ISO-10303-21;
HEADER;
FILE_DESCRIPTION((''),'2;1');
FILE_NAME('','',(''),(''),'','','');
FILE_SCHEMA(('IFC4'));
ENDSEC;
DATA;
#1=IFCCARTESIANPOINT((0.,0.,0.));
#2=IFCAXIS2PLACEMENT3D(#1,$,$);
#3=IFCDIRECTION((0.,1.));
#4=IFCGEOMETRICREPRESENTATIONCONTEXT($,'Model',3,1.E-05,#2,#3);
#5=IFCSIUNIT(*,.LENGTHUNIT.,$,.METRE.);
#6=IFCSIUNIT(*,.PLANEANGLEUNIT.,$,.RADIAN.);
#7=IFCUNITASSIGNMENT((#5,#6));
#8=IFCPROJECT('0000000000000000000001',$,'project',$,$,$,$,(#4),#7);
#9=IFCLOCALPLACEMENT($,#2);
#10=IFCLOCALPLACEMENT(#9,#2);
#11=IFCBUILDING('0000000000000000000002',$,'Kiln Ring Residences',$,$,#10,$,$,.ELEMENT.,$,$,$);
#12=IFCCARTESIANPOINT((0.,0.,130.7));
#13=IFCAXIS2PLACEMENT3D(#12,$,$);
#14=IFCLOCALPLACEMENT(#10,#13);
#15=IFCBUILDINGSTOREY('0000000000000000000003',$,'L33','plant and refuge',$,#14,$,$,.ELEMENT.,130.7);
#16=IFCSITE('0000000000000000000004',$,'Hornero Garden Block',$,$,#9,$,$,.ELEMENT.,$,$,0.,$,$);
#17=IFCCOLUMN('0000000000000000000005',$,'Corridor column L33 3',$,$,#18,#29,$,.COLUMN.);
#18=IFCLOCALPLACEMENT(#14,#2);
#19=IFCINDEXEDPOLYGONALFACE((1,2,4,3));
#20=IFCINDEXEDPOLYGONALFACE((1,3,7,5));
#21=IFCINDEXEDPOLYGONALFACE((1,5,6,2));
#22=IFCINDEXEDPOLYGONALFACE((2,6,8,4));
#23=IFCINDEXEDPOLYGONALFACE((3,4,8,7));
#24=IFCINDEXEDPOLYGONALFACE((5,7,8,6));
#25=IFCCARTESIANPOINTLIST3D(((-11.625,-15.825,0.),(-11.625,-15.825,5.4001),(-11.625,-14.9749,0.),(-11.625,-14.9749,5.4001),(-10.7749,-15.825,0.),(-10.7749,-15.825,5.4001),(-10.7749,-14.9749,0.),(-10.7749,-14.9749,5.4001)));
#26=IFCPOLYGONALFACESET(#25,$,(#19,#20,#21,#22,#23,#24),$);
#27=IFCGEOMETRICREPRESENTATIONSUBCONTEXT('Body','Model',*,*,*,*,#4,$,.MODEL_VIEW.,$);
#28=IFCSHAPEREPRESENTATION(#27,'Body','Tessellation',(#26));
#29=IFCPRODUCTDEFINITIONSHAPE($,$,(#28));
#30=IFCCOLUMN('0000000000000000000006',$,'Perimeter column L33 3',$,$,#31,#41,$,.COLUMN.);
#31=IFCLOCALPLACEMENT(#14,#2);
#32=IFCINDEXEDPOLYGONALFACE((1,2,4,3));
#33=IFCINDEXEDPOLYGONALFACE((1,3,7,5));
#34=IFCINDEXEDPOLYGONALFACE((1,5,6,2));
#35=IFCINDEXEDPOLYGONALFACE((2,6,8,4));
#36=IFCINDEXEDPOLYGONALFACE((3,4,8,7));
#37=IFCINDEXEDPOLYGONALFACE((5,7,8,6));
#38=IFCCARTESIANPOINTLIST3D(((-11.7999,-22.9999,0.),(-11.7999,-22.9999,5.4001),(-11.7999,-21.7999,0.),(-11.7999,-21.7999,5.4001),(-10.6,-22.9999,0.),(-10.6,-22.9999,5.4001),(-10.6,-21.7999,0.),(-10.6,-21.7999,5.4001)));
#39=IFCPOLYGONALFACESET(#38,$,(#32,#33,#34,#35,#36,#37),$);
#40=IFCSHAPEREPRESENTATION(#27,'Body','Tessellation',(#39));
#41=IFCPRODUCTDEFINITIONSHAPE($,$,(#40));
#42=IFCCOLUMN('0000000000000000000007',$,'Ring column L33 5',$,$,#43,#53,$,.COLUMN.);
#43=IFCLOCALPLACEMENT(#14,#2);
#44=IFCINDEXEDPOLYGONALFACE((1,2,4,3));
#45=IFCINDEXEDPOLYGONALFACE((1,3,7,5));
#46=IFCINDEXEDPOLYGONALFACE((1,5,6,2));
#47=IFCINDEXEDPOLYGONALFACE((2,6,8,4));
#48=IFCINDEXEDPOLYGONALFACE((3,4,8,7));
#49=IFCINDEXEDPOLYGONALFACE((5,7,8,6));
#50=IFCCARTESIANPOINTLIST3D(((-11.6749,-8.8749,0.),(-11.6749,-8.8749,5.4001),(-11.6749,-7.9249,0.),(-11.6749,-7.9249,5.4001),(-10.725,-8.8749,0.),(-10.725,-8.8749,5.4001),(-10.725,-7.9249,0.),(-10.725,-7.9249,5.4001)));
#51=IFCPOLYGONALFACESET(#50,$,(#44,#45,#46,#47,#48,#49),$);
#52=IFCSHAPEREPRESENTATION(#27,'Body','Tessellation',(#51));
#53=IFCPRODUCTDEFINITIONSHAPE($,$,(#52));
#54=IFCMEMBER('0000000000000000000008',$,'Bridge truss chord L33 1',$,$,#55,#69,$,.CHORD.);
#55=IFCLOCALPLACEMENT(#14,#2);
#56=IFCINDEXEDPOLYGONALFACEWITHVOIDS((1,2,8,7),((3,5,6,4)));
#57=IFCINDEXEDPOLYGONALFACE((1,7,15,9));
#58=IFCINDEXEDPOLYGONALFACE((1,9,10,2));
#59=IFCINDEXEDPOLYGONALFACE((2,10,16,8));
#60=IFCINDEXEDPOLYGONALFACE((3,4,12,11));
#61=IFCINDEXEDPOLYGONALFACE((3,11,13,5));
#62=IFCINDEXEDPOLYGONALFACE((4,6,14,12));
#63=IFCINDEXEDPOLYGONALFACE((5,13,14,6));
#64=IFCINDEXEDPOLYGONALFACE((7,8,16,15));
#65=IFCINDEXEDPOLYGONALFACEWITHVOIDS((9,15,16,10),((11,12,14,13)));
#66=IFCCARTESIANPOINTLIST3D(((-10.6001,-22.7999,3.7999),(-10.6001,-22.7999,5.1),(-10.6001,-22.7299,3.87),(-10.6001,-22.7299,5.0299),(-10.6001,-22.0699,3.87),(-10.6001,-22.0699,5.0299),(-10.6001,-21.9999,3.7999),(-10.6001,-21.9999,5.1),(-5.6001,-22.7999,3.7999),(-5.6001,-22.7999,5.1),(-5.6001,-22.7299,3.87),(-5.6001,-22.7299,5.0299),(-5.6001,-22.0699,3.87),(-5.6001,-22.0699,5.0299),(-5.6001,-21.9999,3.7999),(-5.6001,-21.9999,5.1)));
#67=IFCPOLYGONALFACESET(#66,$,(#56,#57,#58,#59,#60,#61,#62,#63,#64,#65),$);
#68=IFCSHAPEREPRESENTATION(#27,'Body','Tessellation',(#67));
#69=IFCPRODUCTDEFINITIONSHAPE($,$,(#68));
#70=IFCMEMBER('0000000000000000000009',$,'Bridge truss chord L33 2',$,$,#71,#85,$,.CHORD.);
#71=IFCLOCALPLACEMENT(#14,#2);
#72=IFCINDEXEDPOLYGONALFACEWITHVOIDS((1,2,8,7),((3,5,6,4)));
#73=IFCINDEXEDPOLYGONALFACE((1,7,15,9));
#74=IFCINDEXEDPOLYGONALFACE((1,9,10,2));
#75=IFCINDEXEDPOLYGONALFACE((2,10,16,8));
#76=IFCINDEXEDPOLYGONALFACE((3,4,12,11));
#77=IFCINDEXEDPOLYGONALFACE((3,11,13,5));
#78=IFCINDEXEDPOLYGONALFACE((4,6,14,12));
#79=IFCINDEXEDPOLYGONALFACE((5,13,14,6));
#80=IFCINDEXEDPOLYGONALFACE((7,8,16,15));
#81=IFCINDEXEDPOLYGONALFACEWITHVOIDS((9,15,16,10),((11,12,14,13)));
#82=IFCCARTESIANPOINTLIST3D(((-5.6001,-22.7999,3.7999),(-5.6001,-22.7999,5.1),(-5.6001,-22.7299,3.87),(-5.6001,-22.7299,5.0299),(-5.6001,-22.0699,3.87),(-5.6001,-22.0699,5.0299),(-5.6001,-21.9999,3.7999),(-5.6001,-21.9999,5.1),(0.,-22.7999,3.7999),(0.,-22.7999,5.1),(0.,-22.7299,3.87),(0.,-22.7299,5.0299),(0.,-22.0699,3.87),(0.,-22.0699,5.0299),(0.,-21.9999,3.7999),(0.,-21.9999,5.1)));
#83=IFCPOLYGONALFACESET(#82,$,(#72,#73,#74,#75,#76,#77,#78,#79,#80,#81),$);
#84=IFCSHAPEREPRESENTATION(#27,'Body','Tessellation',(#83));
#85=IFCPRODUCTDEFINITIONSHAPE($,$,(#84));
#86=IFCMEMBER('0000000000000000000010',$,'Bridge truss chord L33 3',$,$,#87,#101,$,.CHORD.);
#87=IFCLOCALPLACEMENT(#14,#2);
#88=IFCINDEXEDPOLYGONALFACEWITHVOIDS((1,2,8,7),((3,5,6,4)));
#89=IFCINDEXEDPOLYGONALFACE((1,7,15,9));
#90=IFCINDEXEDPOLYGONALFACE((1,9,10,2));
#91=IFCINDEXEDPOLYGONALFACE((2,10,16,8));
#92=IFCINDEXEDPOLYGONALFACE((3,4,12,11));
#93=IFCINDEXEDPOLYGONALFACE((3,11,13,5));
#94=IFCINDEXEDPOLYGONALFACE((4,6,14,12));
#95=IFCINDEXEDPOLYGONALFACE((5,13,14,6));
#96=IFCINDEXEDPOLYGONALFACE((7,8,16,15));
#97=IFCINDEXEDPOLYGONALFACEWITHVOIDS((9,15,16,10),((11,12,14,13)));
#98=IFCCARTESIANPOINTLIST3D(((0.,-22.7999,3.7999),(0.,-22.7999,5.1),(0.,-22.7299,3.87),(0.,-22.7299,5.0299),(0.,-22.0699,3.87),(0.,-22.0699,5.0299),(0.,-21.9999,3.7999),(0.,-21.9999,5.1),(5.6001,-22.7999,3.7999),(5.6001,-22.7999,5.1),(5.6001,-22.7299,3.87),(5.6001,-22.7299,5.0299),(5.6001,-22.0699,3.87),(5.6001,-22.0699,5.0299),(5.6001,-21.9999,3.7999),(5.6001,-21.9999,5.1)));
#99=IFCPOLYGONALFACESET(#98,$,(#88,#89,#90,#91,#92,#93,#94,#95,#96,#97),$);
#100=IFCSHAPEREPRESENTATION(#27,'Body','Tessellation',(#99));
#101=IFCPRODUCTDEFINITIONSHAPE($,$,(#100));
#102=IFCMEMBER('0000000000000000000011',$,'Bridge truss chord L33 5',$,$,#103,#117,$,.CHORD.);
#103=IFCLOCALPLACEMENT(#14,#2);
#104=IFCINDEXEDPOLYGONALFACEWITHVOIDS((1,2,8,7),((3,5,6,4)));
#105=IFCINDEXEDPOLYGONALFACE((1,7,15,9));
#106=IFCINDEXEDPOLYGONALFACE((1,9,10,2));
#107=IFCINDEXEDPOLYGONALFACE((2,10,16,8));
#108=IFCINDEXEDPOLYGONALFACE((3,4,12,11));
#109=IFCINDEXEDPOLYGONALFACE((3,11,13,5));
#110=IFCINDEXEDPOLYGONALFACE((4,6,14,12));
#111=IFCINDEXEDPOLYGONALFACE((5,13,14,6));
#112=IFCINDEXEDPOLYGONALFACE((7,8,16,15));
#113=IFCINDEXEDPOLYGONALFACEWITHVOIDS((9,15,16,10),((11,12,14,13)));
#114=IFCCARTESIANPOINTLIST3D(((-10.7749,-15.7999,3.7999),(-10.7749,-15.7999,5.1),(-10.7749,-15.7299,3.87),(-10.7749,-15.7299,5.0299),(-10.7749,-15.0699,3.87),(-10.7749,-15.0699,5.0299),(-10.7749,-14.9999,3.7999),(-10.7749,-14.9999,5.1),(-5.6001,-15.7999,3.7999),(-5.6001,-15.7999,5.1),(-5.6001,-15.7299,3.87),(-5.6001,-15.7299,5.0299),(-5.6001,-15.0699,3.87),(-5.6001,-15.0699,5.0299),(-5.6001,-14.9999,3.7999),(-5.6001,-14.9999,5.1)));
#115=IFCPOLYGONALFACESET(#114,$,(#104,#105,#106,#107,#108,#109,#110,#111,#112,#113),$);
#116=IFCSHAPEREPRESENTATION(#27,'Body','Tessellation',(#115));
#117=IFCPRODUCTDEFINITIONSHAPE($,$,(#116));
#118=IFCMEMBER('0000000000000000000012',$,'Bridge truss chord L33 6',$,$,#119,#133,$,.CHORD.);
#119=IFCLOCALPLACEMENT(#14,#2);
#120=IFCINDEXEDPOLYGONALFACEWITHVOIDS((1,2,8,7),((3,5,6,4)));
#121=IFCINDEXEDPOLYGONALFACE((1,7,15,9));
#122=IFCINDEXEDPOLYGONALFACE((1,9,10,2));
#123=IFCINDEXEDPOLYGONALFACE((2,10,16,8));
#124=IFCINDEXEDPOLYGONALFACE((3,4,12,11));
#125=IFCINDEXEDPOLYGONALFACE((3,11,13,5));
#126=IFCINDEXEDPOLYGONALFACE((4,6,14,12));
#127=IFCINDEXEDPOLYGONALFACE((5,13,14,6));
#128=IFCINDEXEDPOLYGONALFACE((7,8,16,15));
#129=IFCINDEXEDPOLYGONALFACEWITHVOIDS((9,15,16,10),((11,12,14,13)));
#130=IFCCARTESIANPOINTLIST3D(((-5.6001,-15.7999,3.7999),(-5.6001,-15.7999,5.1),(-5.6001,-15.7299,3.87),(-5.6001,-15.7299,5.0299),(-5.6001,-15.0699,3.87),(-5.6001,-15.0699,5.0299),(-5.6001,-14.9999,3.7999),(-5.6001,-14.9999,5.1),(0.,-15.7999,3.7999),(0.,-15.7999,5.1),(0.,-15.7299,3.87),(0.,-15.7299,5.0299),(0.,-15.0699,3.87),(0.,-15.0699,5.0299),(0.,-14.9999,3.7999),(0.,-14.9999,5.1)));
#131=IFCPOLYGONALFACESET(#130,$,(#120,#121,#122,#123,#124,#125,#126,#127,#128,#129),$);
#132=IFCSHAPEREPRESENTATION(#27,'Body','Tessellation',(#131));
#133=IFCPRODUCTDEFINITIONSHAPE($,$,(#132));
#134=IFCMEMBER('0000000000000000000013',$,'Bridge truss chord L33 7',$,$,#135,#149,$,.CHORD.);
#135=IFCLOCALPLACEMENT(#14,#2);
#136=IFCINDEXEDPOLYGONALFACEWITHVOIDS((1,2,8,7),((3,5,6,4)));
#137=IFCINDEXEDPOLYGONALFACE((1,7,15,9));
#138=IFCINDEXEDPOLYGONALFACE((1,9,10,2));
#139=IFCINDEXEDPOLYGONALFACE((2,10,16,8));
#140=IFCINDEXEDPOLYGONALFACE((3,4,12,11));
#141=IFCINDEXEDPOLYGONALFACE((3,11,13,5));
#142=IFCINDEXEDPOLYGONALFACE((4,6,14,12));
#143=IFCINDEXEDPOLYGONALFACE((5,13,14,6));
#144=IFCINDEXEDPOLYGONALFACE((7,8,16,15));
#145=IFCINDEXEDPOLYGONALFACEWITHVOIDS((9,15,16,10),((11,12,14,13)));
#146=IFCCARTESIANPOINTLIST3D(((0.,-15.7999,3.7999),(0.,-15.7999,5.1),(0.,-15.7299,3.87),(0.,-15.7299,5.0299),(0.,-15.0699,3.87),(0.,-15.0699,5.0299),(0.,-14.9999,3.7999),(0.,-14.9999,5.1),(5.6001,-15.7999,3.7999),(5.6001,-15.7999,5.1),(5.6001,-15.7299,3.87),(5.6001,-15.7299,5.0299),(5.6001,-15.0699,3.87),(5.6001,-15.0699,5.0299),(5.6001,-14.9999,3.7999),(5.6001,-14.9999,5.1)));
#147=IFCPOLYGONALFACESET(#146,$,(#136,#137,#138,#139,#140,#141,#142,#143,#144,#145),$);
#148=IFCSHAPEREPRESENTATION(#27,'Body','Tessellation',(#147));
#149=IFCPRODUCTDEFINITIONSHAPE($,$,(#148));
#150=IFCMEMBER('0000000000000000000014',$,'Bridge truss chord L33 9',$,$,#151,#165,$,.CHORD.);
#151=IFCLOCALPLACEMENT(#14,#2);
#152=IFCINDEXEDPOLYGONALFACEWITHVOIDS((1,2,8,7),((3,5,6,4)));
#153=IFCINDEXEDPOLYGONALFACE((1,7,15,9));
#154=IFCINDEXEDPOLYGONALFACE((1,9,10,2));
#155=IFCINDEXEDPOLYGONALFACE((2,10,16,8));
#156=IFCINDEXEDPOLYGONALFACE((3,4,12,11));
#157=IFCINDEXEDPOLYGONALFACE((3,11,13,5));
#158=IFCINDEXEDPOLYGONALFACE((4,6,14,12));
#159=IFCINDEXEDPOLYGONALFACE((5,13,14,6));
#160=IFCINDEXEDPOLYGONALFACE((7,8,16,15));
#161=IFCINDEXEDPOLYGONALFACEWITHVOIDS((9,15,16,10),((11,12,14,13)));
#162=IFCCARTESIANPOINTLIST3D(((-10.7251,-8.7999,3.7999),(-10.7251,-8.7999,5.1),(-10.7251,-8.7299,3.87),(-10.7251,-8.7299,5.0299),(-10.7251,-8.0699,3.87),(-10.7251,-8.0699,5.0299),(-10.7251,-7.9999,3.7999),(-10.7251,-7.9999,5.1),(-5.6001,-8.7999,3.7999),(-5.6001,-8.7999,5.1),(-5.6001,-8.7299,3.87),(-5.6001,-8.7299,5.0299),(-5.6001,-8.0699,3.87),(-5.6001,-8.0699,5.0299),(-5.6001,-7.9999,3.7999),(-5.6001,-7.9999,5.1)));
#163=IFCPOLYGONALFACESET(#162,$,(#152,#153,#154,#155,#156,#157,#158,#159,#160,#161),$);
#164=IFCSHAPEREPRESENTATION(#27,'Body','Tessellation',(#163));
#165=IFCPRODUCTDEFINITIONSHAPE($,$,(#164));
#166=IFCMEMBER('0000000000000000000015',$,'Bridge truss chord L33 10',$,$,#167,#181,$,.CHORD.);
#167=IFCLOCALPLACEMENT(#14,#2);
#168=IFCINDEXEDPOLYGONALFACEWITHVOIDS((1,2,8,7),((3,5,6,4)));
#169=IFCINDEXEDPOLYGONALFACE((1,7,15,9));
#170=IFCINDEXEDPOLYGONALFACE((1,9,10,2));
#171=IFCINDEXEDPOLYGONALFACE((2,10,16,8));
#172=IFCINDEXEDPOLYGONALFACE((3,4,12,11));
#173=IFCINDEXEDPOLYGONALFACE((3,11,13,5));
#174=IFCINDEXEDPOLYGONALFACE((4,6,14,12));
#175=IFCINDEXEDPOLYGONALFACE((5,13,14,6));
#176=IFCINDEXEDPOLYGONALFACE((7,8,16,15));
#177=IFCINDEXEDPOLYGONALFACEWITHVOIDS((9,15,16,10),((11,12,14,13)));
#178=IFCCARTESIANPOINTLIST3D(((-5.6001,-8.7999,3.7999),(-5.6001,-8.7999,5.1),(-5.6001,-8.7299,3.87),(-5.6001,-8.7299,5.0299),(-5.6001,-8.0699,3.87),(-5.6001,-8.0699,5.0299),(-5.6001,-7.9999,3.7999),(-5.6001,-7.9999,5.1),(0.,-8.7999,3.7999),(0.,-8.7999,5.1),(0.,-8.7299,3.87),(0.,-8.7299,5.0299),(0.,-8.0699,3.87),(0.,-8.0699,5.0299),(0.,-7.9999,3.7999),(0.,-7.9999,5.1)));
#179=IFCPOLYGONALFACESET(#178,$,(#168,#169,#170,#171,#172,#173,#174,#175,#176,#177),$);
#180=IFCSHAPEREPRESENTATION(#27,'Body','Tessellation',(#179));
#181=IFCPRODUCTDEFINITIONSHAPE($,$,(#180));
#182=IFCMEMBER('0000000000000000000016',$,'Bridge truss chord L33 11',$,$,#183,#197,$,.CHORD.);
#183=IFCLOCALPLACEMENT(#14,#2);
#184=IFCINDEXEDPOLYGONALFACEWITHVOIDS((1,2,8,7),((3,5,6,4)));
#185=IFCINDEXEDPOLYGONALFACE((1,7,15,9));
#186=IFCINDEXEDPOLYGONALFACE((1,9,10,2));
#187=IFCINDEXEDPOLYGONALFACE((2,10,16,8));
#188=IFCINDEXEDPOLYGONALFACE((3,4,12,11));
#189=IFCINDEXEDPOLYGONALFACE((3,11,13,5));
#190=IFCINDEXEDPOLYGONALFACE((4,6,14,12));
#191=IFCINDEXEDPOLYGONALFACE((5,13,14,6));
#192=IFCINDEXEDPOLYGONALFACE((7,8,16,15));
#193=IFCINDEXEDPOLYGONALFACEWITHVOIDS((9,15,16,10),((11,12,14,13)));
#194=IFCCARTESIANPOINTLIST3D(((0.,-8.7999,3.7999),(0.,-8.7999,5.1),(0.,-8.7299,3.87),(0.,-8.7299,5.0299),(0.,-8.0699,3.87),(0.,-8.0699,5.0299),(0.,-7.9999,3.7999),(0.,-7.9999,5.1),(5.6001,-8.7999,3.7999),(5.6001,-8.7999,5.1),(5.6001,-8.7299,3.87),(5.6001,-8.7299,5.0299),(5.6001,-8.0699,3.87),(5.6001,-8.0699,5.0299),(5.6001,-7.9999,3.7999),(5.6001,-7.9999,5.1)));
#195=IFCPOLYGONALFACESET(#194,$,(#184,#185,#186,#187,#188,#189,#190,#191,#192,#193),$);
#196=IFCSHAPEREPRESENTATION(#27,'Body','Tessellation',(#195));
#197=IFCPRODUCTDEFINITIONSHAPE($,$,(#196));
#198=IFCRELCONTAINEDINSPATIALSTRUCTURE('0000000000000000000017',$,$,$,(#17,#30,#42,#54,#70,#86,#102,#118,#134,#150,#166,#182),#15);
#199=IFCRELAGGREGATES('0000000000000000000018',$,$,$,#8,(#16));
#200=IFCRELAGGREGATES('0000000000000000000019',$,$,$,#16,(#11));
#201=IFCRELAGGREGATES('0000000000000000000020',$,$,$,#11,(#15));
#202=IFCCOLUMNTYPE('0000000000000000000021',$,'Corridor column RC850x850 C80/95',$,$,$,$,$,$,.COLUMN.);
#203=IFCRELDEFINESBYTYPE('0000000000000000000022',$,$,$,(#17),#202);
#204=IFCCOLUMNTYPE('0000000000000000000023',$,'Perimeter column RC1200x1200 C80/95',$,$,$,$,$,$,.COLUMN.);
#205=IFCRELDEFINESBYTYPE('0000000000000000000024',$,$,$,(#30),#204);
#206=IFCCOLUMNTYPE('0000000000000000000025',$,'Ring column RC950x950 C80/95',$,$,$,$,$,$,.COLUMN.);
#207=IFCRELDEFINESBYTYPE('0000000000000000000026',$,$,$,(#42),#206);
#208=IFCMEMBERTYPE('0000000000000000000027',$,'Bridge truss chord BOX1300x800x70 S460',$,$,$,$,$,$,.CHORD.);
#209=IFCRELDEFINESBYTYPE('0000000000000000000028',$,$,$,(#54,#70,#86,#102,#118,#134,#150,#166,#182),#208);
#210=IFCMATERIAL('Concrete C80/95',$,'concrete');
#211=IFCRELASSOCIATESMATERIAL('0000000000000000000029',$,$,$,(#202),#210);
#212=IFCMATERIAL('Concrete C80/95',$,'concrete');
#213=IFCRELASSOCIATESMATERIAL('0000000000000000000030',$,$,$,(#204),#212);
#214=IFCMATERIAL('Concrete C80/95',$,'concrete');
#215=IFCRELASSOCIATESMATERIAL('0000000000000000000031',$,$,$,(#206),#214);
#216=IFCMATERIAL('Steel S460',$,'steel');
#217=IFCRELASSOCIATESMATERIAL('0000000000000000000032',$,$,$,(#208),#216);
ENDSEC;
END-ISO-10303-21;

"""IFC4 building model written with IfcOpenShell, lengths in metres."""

from ifc_helpers import new_model, si_unit, direction, frame, origin, origin_2d, place, context, subcontext, project, spatial, rectangle, hollow_rectangle, extrude, material, material_profile, profile_set, type_object, element, save


model = new_model("IFC4")

# Units and contexts
model_context = context("Model", 3, precision=1e-05, world=origin(), true_north=direction((0.0, 1.0)))
body_context = subcontext(model_context, "Body", "Model", "MODEL_VIEW")
ifc_project = project(units=[si_unit("LENGTHUNIT", "METRE"), si_unit("PLANEANGLEUNIT", "RADIAN")], contexts=[model_context])

# Site, building, storey
site_placement = place(None, origin())
site = spatial("IfcSite", under=ifc_project, at=site_placement, Name="Hornero Garden Block", CompositionType="ELEMENT", RefElevation=0.0)
building_placement = place(site_placement, origin())
building = spatial("IfcBuilding", under=site, at=building_placement, Name="Kiln Ring Residences", CompositionType="ELEMENT")
storey_placement = place(building_placement, frame((0.0, 0.0, 130.7)))
storey = spatial("IfcBuildingStorey", under=building, at=storey_placement, Name="L33", Description="plant and refuge", CompositionType="ELEMENT", Elevation=130.7)

# Columns
ifc_material_1 = material(Name="Concrete C80/95", Category="concrete")
ifc_material_profile_1 = material_profile(ifc_material_1, rectangle(XDim=0.8501, YDim=0.8501, at=origin_2d()), Name="RC850x850")
ifc_profile_set_1 = profile_set([ifc_material_profile_1], Name="Concrete C80/95")
column_type_1 = type_object("IfcColumnType", Name="Corridor column RC850x850 C80/95", PredefinedType="COLUMN", material=ifc_profile_set_1)
column_1_placement = place(storey_placement, frame((-11.2, -15.3999, 0.0), z_axis=(0.0, 0.0, 1.0), x_axis=(1.0, 0.0, 0.0)))
element("IfcColumn", 1, at=column_1_placement, inside=storey, type_object=column_type_1, Name="Corridor column L33 3", PredefinedType="COLUMN", context=body_context, shape_type="SweptSolid", body=[
    extrude(rectangle(XDim=0.8501, YDim=0.8501, at=origin_2d()), origin(), (0.0, 0.0, 1.0), 5.4001),
])
ifc_material_2 = material(Name="Concrete C80/95", Category="concrete")
ifc_material_profile_2 = material_profile(ifc_material_2, rectangle(XDim=1.2, YDim=1.2, at=origin_2d()), Name="RC1200x1200")
ifc_profile_set_2 = profile_set([ifc_material_profile_2], Name="Concrete C80/95")
column_type_2 = type_object("IfcColumnType", Name="Perimeter column RC1200x1200 C80/95", PredefinedType="COLUMN", material=ifc_profile_set_2)
column_2_placement = place(storey_placement, frame((-11.2, -22.3999, 0.0), z_axis=(0.0, 0.0, 1.0), x_axis=(1.0, 0.0, 0.0)))
element("IfcColumn", 2, at=column_2_placement, inside=storey, type_object=column_type_2, Name="Perimeter column L33 3", PredefinedType="COLUMN", context=body_context, shape_type="SweptSolid", body=[
    extrude(rectangle(XDim=1.2, YDim=1.2, at=origin_2d()), origin(), (0.0, 0.0, 1.0), 5.4001),
])
ifc_material_3 = material(Name="Concrete C80/95", Category="concrete")
ifc_material_profile_3 = material_profile(ifc_material_3, rectangle(XDim=0.95, YDim=0.95, at=origin_2d()), Name="RC950x950")
ifc_profile_set_3 = profile_set([ifc_material_profile_3], Name="Concrete C80/95")
column_type_3 = type_object("IfcColumnType", Name="Ring column RC950x950 C80/95", PredefinedType="COLUMN", material=ifc_profile_set_3)
column_3_placement = place(storey_placement, frame((-11.2, -8.3999, 0.0), z_axis=(0.0, 0.0, 1.0), x_axis=(1.0, 0.0, 0.0)))
element("IfcColumn", 3, at=column_3_placement, inside=storey, type_object=column_type_3, Name="Ring column L33 5", PredefinedType="COLUMN", context=body_context, shape_type="SweptSolid", body=[
    extrude(rectangle(XDim=0.95, YDim=0.95, at=origin_2d()), origin(), (0.0, 0.0, 1.0), 5.4001),
])

# Members
ifc_material_4 = material(Name="Steel S460", Category="steel")
ifc_material_profile_4 = material_profile(ifc_material_4, hollow_rectangle(XDim=0.8, YDim=1.3, WallThickness=0.0701, at=origin_2d()), Name="BOX1300x800x70")
ifc_profile_set_4 = profile_set([ifc_material_profile_4], Name="Steel S460")
member_type = type_object("IfcMemberType", Name="Bridge truss chord BOX1300x800x70 S460", PredefinedType="CHORD", material=ifc_profile_set_4)
member_1_placement = place(storey_placement, frame((-10.6001, -22.3999, 4.45), z_axis=(1.0, 0.0, 0.0), x_axis=(0.0, 1.0, 0.0)))
element("IfcMember", 4, at=member_1_placement, inside=storey, type_object=member_type, Name="Bridge truss chord L33 1", PredefinedType="CHORD", context=body_context, shape_type="SweptSolid", body=[
    extrude(hollow_rectangle(XDim=0.8, YDim=1.3, WallThickness=0.0701, at=origin_2d()), origin(), (0.0, 0.0, 1.0), 5.0),
])
for number, where, z_axis, x_axis, name in (
    (5, (-5.6001, -22.3999, 4.45), (1.0, 0.0, 0.0), (0.0, 1.0, 0.0), "Bridge truss chord L33 2"),
    (6, (0.0, -22.3999, 4.45), (1.0, 0.0, 0.0), (0.0, 1.0, 0.0), "Bridge truss chord L33 3"),
):
    element("IfcMember", number, at=place(storey_placement, frame(where, z_axis=z_axis, x_axis=x_axis)), inside=storey, type_object=member_type, Name=name, PredefinedType="CHORD", context=body_context, shape_type="SweptSolid", body=[
        extrude(hollow_rectangle(XDim=0.8, YDim=1.3, WallThickness=0.0701, at=origin_2d()), origin(), (0.0, 0.0, 1.0), 5.6001),
    ])
member_2_placement = place(storey_placement, frame((-10.7749, -15.3999, 4.45), z_axis=(1.0, 0.0, 0.0), x_axis=(0.0, 1.0, 0.0)))
element("IfcMember", 7, at=member_2_placement, inside=storey, type_object=member_type, Name="Bridge truss chord L33 5", PredefinedType="CHORD", context=body_context, shape_type="SweptSolid", body=[
    extrude(hollow_rectangle(XDim=0.8, YDim=1.3, WallThickness=0.0701, at=origin_2d()), origin(), (0.0, 0.0, 1.0), 5.1748),
])
for number, where, z_axis, x_axis, name in (
    (8, (-5.6001, -15.3999, 4.45), (1.0, 0.0, 0.0), (0.0, 1.0, 0.0), "Bridge truss chord L33 6"),
    (9, (0.0, -15.3999, 4.45), (1.0, 0.0, 0.0), (0.0, 1.0, 0.0), "Bridge truss chord L33 7"),
):
    element("IfcMember", number, at=place(storey_placement, frame(where, z_axis=z_axis, x_axis=x_axis)), inside=storey, type_object=member_type, Name=name, PredefinedType="CHORD", context=body_context, shape_type="SweptSolid", body=[
        extrude(hollow_rectangle(XDim=0.8, YDim=1.3, WallThickness=0.0701, at=origin_2d()), origin(), (0.0, 0.0, 1.0), 5.6001),
    ])
member_3_placement = place(storey_placement, frame((-10.7251, -8.3999, 4.45), z_axis=(1.0, 0.0, 0.0), x_axis=(0.0, 1.0, 0.0)))
element("IfcMember", 10, at=member_3_placement, inside=storey, type_object=member_type, Name="Bridge truss chord L33 9", PredefinedType="CHORD", context=body_context, shape_type="SweptSolid", body=[
    extrude(hollow_rectangle(XDim=0.8, YDim=1.3, WallThickness=0.0701, at=origin_2d()), origin(), (0.0, 0.0, 1.0), 5.125),
])
for number, where, z_axis, x_axis, name in (
    (11, (-5.6001, -8.3999, 4.45), (1.0, 0.0, 0.0), (0.0, 1.0, 0.0), "Bridge truss chord L33 10"),
    (12, (0.0, -8.3999, 4.45), (1.0, 0.0, 0.0), (0.0, 1.0, 0.0), "Bridge truss chord L33 11"),
):
    element("IfcMember", number, at=place(storey_placement, frame(where, z_axis=z_axis, x_axis=x_axis)), inside=storey, type_object=member_type, Name=name, PredefinedType="CHORD", context=body_context, shape_type="SweptSolid", body=[
        extrude(hollow_rectangle(XDim=0.8, YDim=1.3, WallThickness=0.0701, at=origin_2d()), origin(), (0.0, 0.0, 1.0), 5.6001),
    ])

save(model, "model.ifc")
